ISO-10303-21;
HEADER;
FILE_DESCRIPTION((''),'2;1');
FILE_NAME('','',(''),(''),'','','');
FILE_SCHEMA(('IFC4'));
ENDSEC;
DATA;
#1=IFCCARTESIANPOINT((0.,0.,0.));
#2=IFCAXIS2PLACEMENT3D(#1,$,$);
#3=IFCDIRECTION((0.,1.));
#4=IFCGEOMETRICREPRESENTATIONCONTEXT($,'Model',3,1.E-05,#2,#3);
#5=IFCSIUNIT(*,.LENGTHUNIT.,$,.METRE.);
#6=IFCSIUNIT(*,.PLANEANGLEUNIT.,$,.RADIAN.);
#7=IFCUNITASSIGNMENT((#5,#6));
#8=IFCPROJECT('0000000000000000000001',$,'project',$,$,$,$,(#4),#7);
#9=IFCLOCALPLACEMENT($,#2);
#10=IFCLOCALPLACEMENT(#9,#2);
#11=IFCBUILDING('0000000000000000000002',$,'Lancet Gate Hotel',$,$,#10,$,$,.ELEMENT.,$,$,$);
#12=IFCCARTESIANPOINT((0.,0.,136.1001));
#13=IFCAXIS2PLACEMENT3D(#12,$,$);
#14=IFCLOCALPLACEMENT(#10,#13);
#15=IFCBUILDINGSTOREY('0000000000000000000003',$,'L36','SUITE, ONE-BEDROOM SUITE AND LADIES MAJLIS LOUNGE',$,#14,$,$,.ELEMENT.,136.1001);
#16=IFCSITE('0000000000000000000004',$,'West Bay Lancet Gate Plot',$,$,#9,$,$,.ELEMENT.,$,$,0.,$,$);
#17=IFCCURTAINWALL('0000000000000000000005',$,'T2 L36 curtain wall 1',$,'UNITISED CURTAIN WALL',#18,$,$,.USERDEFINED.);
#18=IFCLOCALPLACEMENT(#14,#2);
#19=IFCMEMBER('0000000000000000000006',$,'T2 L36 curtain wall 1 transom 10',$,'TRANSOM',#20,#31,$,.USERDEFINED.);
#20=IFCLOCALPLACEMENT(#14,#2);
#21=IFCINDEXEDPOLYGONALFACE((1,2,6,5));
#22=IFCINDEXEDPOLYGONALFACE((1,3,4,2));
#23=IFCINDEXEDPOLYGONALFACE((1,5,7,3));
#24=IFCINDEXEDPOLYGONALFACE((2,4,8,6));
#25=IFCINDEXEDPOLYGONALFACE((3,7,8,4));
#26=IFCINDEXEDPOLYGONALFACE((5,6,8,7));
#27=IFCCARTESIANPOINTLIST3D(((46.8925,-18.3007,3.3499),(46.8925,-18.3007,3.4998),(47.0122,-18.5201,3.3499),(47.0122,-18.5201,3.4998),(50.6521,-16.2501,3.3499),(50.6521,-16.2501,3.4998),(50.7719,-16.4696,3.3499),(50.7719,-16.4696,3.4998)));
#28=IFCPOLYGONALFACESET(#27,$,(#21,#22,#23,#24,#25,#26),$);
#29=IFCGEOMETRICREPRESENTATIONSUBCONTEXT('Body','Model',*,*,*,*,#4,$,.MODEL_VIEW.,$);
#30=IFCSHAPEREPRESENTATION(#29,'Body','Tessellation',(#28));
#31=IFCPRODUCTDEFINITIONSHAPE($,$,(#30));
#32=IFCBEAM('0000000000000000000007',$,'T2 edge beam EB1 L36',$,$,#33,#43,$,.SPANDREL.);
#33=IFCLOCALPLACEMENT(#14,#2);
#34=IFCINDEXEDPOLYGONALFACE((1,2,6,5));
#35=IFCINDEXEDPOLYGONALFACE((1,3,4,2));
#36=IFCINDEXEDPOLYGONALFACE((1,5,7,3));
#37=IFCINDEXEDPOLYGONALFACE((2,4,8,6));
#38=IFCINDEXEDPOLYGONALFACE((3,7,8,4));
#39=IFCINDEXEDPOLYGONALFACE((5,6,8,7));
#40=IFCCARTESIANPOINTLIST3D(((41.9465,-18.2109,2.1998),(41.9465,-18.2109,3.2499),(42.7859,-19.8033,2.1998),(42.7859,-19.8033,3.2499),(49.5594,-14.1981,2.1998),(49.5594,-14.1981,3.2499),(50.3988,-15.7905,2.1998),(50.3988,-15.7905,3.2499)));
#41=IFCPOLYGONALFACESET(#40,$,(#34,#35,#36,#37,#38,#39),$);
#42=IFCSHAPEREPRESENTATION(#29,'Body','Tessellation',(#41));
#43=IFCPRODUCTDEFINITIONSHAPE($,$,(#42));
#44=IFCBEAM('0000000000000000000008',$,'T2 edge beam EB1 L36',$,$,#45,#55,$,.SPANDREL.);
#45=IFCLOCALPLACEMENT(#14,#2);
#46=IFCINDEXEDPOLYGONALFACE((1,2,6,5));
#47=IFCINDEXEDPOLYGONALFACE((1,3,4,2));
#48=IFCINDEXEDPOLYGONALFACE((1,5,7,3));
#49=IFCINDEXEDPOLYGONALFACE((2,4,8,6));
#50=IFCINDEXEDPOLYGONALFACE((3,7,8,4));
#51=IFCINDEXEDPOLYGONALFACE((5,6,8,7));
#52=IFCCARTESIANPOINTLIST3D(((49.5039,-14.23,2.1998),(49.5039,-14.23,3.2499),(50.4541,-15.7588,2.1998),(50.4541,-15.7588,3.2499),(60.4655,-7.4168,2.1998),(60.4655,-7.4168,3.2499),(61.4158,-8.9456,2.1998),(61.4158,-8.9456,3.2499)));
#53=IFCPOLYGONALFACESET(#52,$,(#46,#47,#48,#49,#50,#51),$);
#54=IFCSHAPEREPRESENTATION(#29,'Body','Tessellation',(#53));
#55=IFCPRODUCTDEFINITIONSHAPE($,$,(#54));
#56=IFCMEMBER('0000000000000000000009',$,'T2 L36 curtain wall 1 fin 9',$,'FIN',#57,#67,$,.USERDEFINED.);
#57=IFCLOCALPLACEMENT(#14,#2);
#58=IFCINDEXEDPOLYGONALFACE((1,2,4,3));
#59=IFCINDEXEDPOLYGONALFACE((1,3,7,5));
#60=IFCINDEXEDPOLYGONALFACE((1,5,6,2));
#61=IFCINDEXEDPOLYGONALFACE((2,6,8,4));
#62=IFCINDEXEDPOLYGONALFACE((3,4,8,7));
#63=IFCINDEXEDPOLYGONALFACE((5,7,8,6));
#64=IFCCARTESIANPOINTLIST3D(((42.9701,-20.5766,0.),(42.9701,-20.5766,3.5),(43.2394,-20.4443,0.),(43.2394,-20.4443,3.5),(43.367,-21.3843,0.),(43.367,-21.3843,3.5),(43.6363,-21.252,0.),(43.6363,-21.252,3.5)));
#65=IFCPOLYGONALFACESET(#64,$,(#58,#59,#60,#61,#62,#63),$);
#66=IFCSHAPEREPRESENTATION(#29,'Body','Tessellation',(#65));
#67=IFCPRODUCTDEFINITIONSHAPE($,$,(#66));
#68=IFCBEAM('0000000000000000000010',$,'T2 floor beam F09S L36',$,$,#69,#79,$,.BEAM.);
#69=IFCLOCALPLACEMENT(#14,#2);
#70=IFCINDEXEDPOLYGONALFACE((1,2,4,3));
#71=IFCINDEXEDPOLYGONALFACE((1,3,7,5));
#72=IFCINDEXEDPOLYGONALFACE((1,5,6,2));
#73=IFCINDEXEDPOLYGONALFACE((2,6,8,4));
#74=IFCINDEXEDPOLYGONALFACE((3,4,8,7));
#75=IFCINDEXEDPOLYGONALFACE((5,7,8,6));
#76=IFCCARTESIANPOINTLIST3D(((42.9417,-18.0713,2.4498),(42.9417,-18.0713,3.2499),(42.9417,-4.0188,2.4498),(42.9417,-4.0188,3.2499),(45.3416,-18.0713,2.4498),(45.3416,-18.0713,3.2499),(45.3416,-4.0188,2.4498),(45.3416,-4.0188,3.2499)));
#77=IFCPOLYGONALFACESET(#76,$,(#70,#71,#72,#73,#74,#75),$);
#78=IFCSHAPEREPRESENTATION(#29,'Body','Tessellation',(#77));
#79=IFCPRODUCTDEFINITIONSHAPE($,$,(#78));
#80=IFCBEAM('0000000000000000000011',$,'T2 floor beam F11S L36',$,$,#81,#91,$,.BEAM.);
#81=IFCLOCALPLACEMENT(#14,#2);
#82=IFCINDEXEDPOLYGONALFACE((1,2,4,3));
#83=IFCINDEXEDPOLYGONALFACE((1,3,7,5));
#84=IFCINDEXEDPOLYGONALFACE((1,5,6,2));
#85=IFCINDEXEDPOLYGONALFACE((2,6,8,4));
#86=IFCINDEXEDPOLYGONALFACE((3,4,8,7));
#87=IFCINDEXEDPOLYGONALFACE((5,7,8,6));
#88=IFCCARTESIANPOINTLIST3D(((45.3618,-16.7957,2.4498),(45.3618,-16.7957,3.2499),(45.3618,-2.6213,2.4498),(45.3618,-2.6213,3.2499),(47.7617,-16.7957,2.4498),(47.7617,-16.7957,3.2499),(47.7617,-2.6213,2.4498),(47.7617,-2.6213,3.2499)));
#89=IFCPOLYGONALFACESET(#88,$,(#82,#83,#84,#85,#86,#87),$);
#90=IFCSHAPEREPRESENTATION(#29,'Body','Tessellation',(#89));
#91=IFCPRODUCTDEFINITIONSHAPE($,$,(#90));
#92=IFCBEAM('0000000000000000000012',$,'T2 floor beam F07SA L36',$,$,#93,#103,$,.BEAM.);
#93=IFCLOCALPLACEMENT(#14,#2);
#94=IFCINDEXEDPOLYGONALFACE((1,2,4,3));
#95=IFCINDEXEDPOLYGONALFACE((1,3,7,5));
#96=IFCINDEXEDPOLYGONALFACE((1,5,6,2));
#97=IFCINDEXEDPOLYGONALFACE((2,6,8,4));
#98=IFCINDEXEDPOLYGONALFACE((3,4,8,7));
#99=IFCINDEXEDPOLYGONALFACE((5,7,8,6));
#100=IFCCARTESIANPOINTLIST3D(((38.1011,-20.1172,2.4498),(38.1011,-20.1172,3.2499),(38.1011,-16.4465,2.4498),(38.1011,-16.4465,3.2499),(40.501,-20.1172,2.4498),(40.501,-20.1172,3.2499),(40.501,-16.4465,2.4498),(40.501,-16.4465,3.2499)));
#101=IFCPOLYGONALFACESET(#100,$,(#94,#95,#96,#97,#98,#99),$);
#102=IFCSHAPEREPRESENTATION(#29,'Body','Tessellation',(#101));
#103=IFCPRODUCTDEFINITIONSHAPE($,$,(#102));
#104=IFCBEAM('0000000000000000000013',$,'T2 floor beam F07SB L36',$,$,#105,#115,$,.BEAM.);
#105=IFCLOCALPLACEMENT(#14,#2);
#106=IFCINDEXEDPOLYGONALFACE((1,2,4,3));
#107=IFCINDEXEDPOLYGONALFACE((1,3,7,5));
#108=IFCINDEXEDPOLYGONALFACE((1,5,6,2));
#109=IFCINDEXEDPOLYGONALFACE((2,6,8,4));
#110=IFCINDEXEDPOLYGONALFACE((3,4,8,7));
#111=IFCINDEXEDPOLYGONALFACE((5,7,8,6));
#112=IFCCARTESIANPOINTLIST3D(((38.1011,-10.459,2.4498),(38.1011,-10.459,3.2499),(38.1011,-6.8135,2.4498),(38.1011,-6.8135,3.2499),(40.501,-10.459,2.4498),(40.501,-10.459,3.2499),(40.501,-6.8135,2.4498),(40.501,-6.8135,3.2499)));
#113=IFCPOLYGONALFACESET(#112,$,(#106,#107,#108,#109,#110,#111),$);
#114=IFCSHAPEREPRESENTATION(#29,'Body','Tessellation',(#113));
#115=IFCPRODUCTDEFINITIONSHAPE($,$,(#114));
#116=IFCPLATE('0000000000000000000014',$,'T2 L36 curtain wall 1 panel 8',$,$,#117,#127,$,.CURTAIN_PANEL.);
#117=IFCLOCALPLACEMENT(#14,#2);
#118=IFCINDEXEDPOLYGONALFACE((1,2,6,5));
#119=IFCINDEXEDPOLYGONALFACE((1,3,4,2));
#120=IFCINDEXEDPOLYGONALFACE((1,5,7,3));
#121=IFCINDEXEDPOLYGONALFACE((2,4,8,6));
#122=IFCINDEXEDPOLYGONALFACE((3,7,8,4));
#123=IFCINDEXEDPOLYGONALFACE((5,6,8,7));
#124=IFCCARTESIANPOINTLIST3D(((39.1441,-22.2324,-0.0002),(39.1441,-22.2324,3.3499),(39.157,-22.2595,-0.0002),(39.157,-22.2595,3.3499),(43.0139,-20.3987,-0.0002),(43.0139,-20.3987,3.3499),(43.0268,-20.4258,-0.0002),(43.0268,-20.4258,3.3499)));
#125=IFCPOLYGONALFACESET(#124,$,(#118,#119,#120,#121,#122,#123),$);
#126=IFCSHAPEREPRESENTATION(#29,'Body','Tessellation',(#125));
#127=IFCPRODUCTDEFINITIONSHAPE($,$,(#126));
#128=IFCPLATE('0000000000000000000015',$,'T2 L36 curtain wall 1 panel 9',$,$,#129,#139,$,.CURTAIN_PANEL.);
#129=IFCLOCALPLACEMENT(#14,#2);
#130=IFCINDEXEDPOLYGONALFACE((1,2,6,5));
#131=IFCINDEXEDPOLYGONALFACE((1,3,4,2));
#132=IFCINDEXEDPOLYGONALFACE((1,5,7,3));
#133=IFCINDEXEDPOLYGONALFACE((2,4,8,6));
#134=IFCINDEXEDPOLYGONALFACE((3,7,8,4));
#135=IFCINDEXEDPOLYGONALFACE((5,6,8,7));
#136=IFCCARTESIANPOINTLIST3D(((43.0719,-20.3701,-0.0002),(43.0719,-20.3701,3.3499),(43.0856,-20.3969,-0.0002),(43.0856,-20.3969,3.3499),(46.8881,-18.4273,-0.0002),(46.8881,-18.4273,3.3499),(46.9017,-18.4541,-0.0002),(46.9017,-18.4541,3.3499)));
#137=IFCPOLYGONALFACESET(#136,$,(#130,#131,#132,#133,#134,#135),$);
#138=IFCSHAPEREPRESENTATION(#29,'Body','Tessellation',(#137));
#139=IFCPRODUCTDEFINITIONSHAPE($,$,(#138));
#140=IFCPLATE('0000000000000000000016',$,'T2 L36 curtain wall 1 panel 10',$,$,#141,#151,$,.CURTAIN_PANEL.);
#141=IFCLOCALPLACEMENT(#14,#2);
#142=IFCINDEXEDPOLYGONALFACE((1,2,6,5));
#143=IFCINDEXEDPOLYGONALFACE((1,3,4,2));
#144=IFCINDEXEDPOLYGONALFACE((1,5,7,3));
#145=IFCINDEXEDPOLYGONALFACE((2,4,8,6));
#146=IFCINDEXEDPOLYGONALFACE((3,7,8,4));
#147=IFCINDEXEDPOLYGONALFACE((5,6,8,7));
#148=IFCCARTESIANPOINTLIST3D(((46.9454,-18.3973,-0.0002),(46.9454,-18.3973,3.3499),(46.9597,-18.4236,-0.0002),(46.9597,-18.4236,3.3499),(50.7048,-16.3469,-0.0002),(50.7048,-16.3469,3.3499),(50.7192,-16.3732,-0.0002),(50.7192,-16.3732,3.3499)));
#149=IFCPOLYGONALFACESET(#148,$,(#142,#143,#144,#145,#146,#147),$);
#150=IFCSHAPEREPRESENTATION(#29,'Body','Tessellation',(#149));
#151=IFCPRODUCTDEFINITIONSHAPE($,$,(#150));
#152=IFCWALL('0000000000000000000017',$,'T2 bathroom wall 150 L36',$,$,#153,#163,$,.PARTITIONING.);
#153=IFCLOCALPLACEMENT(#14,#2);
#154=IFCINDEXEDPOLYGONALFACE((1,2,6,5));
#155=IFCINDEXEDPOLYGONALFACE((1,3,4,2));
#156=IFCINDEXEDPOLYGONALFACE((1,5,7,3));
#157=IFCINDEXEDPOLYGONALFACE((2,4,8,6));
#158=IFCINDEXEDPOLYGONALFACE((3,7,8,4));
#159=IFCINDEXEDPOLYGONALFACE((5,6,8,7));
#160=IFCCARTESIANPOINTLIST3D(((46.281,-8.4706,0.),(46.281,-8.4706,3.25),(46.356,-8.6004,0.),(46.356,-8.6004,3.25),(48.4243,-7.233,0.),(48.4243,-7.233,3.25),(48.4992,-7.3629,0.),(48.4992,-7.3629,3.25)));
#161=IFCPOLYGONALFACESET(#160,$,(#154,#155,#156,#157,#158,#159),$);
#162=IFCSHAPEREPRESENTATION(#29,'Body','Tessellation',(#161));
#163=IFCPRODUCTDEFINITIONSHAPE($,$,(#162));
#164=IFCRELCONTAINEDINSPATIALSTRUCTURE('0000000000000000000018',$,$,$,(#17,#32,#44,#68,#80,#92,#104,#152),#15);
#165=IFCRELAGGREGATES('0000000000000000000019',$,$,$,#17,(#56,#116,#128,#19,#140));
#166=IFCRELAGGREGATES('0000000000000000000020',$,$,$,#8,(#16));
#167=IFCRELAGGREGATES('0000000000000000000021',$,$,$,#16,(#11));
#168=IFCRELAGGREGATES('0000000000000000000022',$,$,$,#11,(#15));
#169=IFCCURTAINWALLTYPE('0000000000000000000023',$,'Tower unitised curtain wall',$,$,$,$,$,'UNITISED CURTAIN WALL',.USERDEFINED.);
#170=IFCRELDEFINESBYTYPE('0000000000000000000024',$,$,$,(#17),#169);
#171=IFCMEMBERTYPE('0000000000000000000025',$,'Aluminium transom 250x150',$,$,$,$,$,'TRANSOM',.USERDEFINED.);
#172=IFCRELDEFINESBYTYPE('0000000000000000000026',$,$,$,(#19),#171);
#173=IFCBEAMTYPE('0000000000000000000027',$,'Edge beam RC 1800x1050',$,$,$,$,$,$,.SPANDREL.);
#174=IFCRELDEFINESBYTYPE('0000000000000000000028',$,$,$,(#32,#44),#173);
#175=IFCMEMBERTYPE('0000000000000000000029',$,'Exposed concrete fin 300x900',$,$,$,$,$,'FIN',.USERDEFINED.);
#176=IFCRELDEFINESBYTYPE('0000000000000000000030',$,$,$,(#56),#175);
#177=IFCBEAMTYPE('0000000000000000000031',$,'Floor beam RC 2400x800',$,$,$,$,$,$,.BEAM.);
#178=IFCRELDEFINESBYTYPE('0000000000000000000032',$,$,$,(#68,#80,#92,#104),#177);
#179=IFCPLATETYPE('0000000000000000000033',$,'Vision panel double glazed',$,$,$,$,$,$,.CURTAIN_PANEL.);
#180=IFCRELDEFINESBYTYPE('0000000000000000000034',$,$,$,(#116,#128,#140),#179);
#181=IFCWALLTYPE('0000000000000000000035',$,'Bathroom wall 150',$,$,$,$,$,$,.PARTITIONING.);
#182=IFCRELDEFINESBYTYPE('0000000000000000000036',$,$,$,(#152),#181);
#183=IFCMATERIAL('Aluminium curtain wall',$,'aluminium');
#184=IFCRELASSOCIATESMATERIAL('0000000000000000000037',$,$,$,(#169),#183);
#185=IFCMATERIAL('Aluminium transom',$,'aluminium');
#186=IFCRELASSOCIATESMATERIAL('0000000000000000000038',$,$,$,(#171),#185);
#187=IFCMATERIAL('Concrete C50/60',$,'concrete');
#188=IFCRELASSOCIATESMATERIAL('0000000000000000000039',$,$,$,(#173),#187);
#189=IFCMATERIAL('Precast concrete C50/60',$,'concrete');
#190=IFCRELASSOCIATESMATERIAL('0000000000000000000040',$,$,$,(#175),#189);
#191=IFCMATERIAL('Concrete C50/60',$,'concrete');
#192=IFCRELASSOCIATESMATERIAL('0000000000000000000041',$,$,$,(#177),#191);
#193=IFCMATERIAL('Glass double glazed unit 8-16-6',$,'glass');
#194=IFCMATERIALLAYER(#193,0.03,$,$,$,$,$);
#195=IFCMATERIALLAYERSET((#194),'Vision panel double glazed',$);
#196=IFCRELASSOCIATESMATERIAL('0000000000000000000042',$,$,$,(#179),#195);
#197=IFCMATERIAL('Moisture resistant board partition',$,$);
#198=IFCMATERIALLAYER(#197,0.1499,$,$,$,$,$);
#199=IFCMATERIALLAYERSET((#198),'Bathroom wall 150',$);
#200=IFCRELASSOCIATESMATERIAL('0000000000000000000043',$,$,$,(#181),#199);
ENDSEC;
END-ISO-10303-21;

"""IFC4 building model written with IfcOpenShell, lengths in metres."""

from ifc_helpers import new_model, si_unit, direction, frame, frame_2d, origin, origin_2d, place, context, subcontext, project, spatial, rectangle, extrude, material, layer, layer_set, material_profile, profile_set, type_object, element, aggregate, save


model = new_model("IFC4")

# Units and contexts
model_context = context("Model", 3, precision=1e-05, world=origin(), true_north=direction((0.0, 1.0)))
body_context = subcontext(model_context, "Body", "Model", "MODEL_VIEW")
ifc_project = project(units=[si_unit("LENGTHUNIT", "METRE"), si_unit("PLANEANGLEUNIT", "RADIAN")], contexts=[model_context])

# Site, building, storey
site_placement = place(None, origin())
site = spatial("IfcSite", under=ifc_project, at=site_placement, Name="West Bay Lancet Gate Plot", CompositionType="ELEMENT", RefElevation=0.0)
building_placement = place(site_placement, origin())
building = spatial("IfcBuilding", under=site, at=building_placement, Name="Lancet Gate Hotel", CompositionType="ELEMENT")
storey_placement = place(building_placement, frame((0.0, 0.0, 136.1001)))
storey = spatial("IfcBuildingStorey", under=building, at=storey_placement, Name="L36", Description="SUITE, ONE-BEDROOM SUITE AND LADIES MAJLIS LOUNGE", CompositionType="ELEMENT", Elevation=136.1001)

# Curtain wall, member
ifc_material_1 = material(Name="Aluminium curtain wall", Category="aluminium")
curtain_wall_type = type_object("IfcCurtainWallType", Name="Tower unitised curtain wall", ElementType="UNITISED CURTAIN WALL", PredefinedType="USERDEFINED", material=ifc_material_1)
curtain_wall_placement = place(storey_placement, origin())
curtain_wall = element("IfcCurtainWall", 1, at=curtain_wall_placement, inside=storey, type_object=curtain_wall_type, Name="T2 L36 curtain wall 1", ObjectType="UNITISED CURTAIN WALL", PredefinedType="USERDEFINED")
ifc_material_2 = material(Name="Aluminium transom", Category="aluminium")
ifc_material_profile_1 = material_profile(ifc_material_2, rectangle(XDim=0.25, YDim=0.1499, at=origin_2d()), Name="TRANSOM 250x150")
ifc_profile_set_1 = profile_set([ifc_material_profile_1], Name="Aluminium transom")
member_type_1 = type_object("IfcMemberType", Name="Aluminium transom 250x150", ElementType="TRANSOM", PredefinedType="USERDEFINED", material=ifc_profile_set_1)
member_1_placement = place(storey_placement, frame((46.9524, -18.4104, 3.4248), z_axis=(0.877906, 0.478832, 0.0), x_axis=(-0.478832, 0.877906, 0.0)))
member_1 = element("IfcMember", 2, at=member_1_placement, type_object=member_type_1, Name="T2 L36 curtain wall 1 transom 10", ObjectType="TRANSOM", PredefinedType="USERDEFINED", context=body_context, shape_type="SweptSolid", body=[
    extrude(rectangle(XDim=0.25, YDim=0.1499, at=origin_2d()), origin(), (0.0, 0.0, 1.0), 4.2825),
])

# Beams
ifc_material_3 = material(Name="Concrete C50/60", Category="concrete")
ifc_material_profile_2 = material_profile(ifc_material_3, rectangle(XDim=1.8, YDim=1.05, at=origin_2d()), Name="RC 1800x1050")
ifc_profile_set_2 = profile_set([ifc_material_profile_2], Name="Concrete C50/60")
beam_type_1 = type_object("IfcBeamType", Name="Edge beam RC 1800x1050", PredefinedType="SPANDREL", material=ifc_profile_set_2)
beam_1_placement = place(storey_placement, frame((42.3662, -19.0071, 2.7249), z_axis=(0.884633, 0.466289, 0.0), x_axis=(-0.466289, 0.884633, 0.0)))
element("IfcBeam", 3, at=beam_1_placement, inside=storey, type_object=beam_type_1, Name="T2 edge beam EB1 L36", PredefinedType="SPANDREL", context=body_context, shape_type="SweptSolid", body=[
    extrude(rectangle(XDim=1.8, YDim=1.05, at=origin_2d()), origin(), (0.0, 0.0, 1.0), 8.6057),
])
beam_2_placement = place(storey_placement, frame((49.979, -14.9944, 2.7249), z_axis=(0.849312, 0.527891, 0.0), x_axis=(-0.527891, 0.849312, 0.0)))
element("IfcBeam", 4, at=beam_2_placement, inside=storey, type_object=beam_type_1, Name="T2 edge beam EB1 L36", PredefinedType="SPANDREL", context=body_context, shape_type="SweptSolid", body=[
    extrude(rectangle(XDim=1.8, YDim=1.05, at=origin_2d()), origin(), (0.0, 0.0, 1.0), 12.9065),
])

# Member
ifc_material_4 = material(Name="Precast concrete C50/60", Category="concrete")
ifc_material_profile_3 = material_profile(ifc_material_4, rectangle(XDim=0.3, YDim=0.8999, at=origin_2d()), Name="FIN 300x900")
ifc_profile_set_3 = profile_set([ifc_material_profile_3], Name="Precast concrete C50/60")
member_type_2 = type_object("IfcMemberType", Name="Exposed concrete fin 300x900", ElementType="FIN", PredefinedType="USERDEFINED", material=ifc_profile_set_3)
member_2_placement = place(storey_placement, frame((43.3032, -20.9143, 0.0), z_axis=(0.0, 0.0, 1.0), x_axis=(0.897512, 0.44099, 0.0)))
member_2 = element("IfcMember", 5, at=member_2_placement, type_object=member_type_2, Name="T2 L36 curtain wall 1 fin 9", ObjectType="FIN", PredefinedType="USERDEFINED", context=body_context, shape_type="SweptSolid", body=[
    extrude(rectangle(XDim=0.3, YDim=0.8999, at=origin_2d()), origin(), (0.0, 0.0, 1.0), 3.5),
])

# Beams
ifc_material_5 = material(Name="Concrete C50/60", Category="concrete")
ifc_material_profile_4 = material_profile(ifc_material_5, rectangle(XDim=2.3999, YDim=0.8, at=origin_2d()), Name="RC 2400x800")
ifc_profile_set_4 = profile_set([ifc_material_profile_4], Name="Concrete C50/60")
beam_type_2 = type_object("IfcBeamType", Name="Floor beam RC 2400x800", PredefinedType="BEAM", material=ifc_profile_set_4)
beam_3_placement = place(storey_placement, frame((44.1416, -18.0713, 2.8499), z_axis=(0.0, 1.0, 0.0), x_axis=(-1.0, 0.0, 0.0)))
element("IfcBeam", 6, at=beam_3_placement, inside=storey, type_object=beam_type_2, Name="T2 floor beam F09S L36", PredefinedType="BEAM", context=body_context, shape_type="SweptSolid", body=[
    extrude(rectangle(XDim=2.3999, YDim=0.8, at=origin_2d()), origin(), (0.0, 0.0, 1.0), 14.0525),
])
beam_4_placement = place(storey_placement, frame((46.5618, -16.7957, 2.8499), z_axis=(0.0, 1.0, 0.0), x_axis=(-1.0, 0.0, 0.0)))
element("IfcBeam", 7, at=beam_4_placement, inside=storey, type_object=beam_type_2, Name="T2 floor beam F11S L36", PredefinedType="BEAM", context=body_context, shape_type="SweptSolid", body=[
    extrude(rectangle(XDim=2.3999, YDim=0.8, at=origin_2d()), origin(), (0.0, 0.0, 1.0), 14.1743),
])
beam_5_placement = place(storey_placement, frame((39.301, -20.1172, 2.8499), z_axis=(0.0, 1.0, 0.0), x_axis=(-1.0, 0.0, 0.0)))
element("IfcBeam", 8, at=beam_5_placement, inside=storey, type_object=beam_type_2, Name="T2 floor beam F07SA L36", PredefinedType="BEAM", context=body_context, shape_type="SweptSolid", body=[
    extrude(rectangle(XDim=2.3999, YDim=0.8, at=origin_2d()), origin(), (0.0, 0.0, 1.0), 3.6707),
])
beam_6_placement = place(storey_placement, frame((39.301, -10.459, 2.8499), z_axis=(0.0, 1.0, 0.0), x_axis=(-1.0, 0.0, 0.0)))
element("IfcBeam", 9, at=beam_6_placement, inside=storey, type_object=beam_type_2, Name="T2 floor beam F07SB L36", PredefinedType="BEAM", context=body_context, shape_type="SweptSolid", body=[
    extrude(rectangle(XDim=2.3999, YDim=0.8, at=origin_2d()), origin(), (0.0, 0.0, 1.0), 3.6455),
])

# Plates
ifc_material_6 = material(Name="Glass double glazed unit 8-16-6", Category="glass")
ifc_layer_1 = layer(ifc_material_6, 0.03)
ifc_layer_set_1 = layer_set([ifc_layer_1], Name="Vision panel double glazed")
plate_type = type_object("IfcPlateType", Name="Vision panel double glazed", PredefinedType="CURTAIN_PANEL", material=ifc_layer_set_1)
plate_1_placement = place(storey_placement, frame((41.0854, -21.3291, -0.0002), z_axis=(0.0, 0.0, 1.0), x_axis=(0.903683, 0.428201, 0.0)))
plate_1 = element("IfcPlate", 10, at=plate_1_placement, type_object=plate_type, Name="T2 L36 curtain wall 1 panel 8", PredefinedType="CURTAIN_PANEL", context=body_context, shape_type="SweptSolid", body=[
    extrude(rectangle(XDim=4.2822, YDim=0.03, at=origin_2d()), origin(), (0.0, 0.0, 1.0), 3.3501),
])
plate_2_placement = place(storey_placement, frame((44.9868, -19.4121, -0.0002), z_axis=(0.0, 0.0, 1.0), x_axis=(0.891159, 0.45369, 0.0)))
plate_2 = element("IfcPlate", 11, at=plate_2_placement, type_object=plate_type, Name="T2 L36 curtain wall 1 panel 9", PredefinedType="CURTAIN_PANEL", context=body_context, shape_type="SweptSolid", body=[
    extrude(rectangle(XDim=4.2822, YDim=0.03, at=origin_2d()), origin(), (0.0, 0.0, 1.0), 3.3501),
])
plate_3_placement = place(storey_placement, frame((48.8323, -17.3853, -0.0002), z_axis=(0.0, 0.0, 1.0), x_axis=(0.877916, 0.478814, 0.0)))
plate_3 = element("IfcPlate", 12, at=plate_3_placement, type_object=plate_type, Name="T2 L36 curtain wall 1 panel 10", PredefinedType="CURTAIN_PANEL", context=body_context, shape_type="SweptSolid", body=[
    extrude(rectangle(XDim=4.2822, YDim=0.03, at=origin_2d()), origin(), (0.0, 0.0, 1.0), 3.3501),
])
aggregate(curtain_wall, [member_2, plate_1, plate_2, member_1, plate_3])

# Wall
ifc_material_7 = material(Name="Moisture resistant board partition")
ifc_layer_2 = layer(ifc_material_7, 0.1499)
ifc_layer_set_2 = layer_set([ifc_layer_2], Name="Bathroom wall 150")
wall_type_1 = type_object("IfcWallType", Name="Bathroom wall 150", PredefinedType="PARTITIONING", material=ifc_layer_set_2)
wall_1_placement = place(storey_placement, frame((46.3186, -8.5354, 0.0), z_axis=(0.0, 0.0, 1.0), x_axis=(0.866007, 0.500033, 0.0)))
element("IfcWall", 13, at=wall_1_placement, inside=storey, type_object=wall_type_1, Name="T2 bathroom wall 150 L36", PredefinedType="PARTITIONING", context=body_context, shape_type="SweptSolid", body=[
    extrude(rectangle(XDim=2.4749, YDim=0.1499, at=frame_2d((1.2373, 0.0))), origin(), (0.0, 0.0, 1.0), 3.25),
])

save(model, "model.ifc")
